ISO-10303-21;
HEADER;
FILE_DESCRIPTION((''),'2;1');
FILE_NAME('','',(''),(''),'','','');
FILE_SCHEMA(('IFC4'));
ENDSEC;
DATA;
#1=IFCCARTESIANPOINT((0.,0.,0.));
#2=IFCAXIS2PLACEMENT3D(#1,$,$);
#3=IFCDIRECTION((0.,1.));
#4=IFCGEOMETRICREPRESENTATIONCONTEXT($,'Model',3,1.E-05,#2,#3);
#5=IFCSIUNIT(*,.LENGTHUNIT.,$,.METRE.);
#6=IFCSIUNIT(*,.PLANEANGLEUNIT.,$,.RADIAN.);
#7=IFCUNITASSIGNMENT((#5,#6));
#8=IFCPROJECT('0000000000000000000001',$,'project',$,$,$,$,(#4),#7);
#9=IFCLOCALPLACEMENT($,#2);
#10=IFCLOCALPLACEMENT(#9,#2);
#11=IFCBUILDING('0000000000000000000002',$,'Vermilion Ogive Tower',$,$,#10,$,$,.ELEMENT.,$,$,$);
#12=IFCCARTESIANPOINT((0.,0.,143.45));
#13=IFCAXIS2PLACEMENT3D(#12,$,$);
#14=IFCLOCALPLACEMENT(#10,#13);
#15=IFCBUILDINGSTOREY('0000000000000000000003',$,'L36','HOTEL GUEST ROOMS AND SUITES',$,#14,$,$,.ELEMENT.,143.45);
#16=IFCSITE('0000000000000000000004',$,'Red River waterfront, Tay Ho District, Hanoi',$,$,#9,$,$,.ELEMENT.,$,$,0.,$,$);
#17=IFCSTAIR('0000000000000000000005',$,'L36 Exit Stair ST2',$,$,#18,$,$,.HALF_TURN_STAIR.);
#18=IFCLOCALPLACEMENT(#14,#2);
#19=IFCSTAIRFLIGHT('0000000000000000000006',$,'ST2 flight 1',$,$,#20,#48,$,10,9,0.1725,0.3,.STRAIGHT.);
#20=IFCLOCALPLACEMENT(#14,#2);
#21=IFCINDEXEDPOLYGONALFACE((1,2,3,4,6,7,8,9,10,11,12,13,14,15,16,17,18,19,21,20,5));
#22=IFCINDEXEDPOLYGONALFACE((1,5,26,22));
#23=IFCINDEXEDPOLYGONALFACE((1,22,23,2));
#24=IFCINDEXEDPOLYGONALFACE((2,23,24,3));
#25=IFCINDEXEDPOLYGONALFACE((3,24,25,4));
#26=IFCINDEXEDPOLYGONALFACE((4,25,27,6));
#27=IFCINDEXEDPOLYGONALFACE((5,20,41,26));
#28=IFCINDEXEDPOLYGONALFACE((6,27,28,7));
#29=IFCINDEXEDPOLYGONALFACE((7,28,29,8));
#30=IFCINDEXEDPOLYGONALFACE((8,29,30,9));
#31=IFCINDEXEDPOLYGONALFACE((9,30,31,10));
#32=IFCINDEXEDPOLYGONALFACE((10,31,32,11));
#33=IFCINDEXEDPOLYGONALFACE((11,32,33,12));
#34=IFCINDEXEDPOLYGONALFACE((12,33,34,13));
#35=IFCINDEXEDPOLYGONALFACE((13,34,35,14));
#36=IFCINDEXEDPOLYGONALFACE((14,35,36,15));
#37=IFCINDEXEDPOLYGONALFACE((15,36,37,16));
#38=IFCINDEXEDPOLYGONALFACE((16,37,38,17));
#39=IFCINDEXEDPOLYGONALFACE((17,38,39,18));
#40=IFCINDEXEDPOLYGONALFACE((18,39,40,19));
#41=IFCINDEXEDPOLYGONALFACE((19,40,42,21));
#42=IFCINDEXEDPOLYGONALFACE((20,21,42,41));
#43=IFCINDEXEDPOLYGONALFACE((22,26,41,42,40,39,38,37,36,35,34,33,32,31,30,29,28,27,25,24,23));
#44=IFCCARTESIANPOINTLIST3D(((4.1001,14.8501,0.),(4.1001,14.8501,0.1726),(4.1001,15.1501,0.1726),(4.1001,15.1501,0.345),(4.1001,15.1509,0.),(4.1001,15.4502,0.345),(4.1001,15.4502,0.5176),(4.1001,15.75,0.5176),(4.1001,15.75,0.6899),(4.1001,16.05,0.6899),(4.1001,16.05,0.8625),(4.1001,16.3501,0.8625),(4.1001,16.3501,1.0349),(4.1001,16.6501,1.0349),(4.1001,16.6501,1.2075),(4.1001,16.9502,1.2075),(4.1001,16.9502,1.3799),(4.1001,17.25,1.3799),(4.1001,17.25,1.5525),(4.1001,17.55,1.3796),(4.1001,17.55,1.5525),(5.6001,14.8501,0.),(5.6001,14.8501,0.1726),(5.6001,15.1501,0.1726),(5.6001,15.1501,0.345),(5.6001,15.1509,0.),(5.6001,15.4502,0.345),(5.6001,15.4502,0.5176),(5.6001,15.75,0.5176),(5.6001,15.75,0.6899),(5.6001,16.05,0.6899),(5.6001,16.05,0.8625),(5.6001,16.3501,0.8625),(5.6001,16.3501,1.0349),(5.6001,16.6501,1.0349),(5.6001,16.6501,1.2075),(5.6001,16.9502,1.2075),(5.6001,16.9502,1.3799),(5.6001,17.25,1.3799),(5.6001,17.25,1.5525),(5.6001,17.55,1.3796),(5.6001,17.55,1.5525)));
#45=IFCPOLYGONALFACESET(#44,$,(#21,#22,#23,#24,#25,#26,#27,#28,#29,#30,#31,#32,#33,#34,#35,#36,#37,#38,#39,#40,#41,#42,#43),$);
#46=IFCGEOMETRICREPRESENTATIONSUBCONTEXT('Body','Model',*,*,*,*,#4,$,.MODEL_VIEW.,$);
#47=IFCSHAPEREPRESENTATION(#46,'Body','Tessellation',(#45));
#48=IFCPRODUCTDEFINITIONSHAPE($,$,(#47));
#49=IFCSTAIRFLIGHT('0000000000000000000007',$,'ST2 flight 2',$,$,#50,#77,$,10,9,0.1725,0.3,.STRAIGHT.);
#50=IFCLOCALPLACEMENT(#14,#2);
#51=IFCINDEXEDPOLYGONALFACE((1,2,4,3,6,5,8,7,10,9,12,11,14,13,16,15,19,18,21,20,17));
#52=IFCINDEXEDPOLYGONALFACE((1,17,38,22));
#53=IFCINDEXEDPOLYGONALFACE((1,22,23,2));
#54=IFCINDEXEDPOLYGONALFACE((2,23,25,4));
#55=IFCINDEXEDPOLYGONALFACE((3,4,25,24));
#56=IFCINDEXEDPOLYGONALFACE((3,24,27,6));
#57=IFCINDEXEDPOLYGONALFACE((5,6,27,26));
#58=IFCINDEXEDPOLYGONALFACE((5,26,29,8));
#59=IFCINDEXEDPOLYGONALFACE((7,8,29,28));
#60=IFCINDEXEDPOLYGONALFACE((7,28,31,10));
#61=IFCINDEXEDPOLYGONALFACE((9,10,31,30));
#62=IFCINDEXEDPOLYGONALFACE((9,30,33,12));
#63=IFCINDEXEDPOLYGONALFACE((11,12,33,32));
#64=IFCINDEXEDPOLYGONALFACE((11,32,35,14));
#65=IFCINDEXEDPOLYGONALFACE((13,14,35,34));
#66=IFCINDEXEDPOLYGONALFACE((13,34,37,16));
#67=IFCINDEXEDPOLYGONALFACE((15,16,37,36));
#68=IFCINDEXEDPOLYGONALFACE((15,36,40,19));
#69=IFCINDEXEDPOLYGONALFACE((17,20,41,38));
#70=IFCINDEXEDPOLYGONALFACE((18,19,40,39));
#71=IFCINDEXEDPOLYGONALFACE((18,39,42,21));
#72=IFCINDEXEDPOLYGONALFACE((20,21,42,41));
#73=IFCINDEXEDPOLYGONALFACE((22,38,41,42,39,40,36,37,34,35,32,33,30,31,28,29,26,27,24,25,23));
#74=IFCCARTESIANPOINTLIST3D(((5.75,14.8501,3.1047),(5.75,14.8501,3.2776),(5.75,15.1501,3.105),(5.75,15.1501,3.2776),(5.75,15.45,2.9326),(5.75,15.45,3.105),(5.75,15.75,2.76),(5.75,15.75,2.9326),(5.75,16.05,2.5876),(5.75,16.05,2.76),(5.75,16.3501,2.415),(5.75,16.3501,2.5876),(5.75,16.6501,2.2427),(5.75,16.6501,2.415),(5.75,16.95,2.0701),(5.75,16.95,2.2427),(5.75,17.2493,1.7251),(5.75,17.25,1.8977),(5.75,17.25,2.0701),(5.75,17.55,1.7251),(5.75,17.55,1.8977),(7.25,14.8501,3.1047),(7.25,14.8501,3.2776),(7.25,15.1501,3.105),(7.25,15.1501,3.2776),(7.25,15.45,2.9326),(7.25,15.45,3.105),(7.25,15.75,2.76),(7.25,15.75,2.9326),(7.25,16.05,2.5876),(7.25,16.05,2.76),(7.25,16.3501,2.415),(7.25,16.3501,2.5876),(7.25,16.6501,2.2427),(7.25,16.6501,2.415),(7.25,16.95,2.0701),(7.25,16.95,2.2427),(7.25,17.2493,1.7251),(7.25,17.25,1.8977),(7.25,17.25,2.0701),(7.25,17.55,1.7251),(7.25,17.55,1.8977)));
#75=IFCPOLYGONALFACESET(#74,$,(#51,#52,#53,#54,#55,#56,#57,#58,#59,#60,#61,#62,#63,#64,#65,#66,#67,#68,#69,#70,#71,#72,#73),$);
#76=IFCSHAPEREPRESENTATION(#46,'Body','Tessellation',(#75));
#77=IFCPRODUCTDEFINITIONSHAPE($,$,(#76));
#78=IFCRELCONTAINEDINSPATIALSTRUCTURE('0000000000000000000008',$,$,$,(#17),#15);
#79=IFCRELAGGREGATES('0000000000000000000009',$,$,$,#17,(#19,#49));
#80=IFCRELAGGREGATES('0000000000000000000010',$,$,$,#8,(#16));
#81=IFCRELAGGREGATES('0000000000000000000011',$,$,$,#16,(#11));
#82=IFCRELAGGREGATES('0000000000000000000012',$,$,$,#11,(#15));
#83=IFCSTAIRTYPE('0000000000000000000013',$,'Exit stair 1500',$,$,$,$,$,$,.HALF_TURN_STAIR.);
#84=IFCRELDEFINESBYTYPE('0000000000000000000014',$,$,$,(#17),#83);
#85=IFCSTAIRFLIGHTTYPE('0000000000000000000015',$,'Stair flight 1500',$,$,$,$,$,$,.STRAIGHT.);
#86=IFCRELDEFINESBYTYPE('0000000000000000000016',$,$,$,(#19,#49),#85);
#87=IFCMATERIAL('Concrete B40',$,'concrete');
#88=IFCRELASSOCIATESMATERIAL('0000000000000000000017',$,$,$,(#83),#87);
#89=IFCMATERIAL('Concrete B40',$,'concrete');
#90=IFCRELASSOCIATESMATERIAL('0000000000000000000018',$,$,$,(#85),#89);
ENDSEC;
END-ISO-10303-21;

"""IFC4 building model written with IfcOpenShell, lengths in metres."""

from ifc_helpers import new_model, si_unit, direction, frame, origin, place, context, subcontext, project, spatial, polyline, outline, extrude, material, type_object, element, aggregate, save


model = new_model("IFC4")

# Units and contexts
model_context = context("Model", 3, precision=1e-05, world=origin(), true_north=direction((0.0, 1.0)))
body_context = subcontext(model_context, "Body", "Model", "MODEL_VIEW")
ifc_project = project(units=[si_unit("LENGTHUNIT", "METRE"), si_unit("PLANEANGLEUNIT", "RADIAN")], contexts=[model_context])

# Site, building, storey
site_placement = place(None, origin())
site = spatial("IfcSite", under=ifc_project, at=site_placement, Name="Red River waterfront, Tay Ho District, Hanoi", CompositionType="ELEMENT", RefElevation=0.0)
building_placement = place(site_placement, origin())
building = spatial("IfcBuilding", under=site, at=building_placement, Name="Vermilion Ogive Tower", CompositionType="ELEMENT")
storey_placement = place(building_placement, frame((0.0, 0.0, 143.45)))
storey = spatial("IfcBuildingStorey", under=building, at=storey_placement, Name="L36", Description="HOTEL GUEST ROOMS AND SUITES", CompositionType="ELEMENT", Elevation=143.45)

# Stair, stair flights
ifc_material_1 = material(Name="Concrete B40", Category="concrete")
stair_type = type_object("IfcStairType", Name="Exit stair 1500", PredefinedType="HALF_TURN_STAIR", material=ifc_material_1)
stair_placement = place(storey_placement, origin())
stair = element("IfcStair", 1, at=stair_placement, inside=storey, type_object=stair_type, Name="L36 Exit Stair ST2", PredefinedType="HALF_TURN_STAIR")
ifc_material_2 = material(Name="Concrete B40", Category="concrete")
stair_flight_type = type_object("IfcStairFlightType", Name="Stair flight 1500", PredefinedType="STRAIGHT", material=ifc_material_2)
stair_flight_1_placement = place(storey_placement, frame((4.8501, 14.8501, 0.0), z_axis=(0.0, 0.0, 1.0), x_axis=(0.0, 1.0, 0.0)))
stair_flight_1 = element("IfcStairFlight", 2, at=stair_flight_1_placement, type_object=stair_flight_type, Name="ST2 flight 1", NumberOfRisers=10, NumberOfTreads=9, PredefinedType="STRAIGHT", RiserHeight=0.1725, TreadLength=0.3, context=body_context, shape_type="SweptSolid", body=[
    extrude(outline(polyline([(0.0, 0.0), (0.0, 0.1726), (0.3, 0.1726), (0.3, 0.345), (0.6001, 0.345), (0.6001, 0.5176), (0.8999, 0.5176), (0.8999, 0.6899), (1.2, 0.6899), (1.2, 0.8625), (1.5, 0.8625), (1.5, 1.0349), (1.8, 1.0349), (1.8, 1.2075), (2.1001, 1.2075), (2.1001, 1.3799), (2.3999, 1.3799), (2.3999, 1.5525), (2.7, 1.5525), (2.7, 1.7251), (2.7, 1.3796), (0.3008, 0.0), (0.0, 0.0)])), frame((0.0, 0.75, 0.0), z_axis=(0.0, -1.0, 0.0), x_axis=(1.0, 0.0, 0.0)), (0.0, 0.0, 1.0), 1.5),
])
stair_flight_2_placement = place(storey_placement, frame((6.5, 17.55, 1.7251), z_axis=(0.0, 0.0, 1.0), x_axis=(0.0, -1.0, 0.0)))
stair_flight_2 = element("IfcStairFlight", 3, at=stair_flight_2_placement, type_object=stair_flight_type, Name="ST2 flight 2", NumberOfRisers=10, NumberOfTreads=9, PredefinedType="STRAIGHT", RiserHeight=0.1725, TreadLength=0.3, context=body_context, shape_type="SweptSolid", body=[
    extrude(outline(polyline([(0.0, 0.0), (0.0, 0.1726), (0.3, 0.1726), (0.3, 0.345), (0.6001, 0.345), (0.6001, 0.5176), (0.8999, 0.5176), (0.8999, 0.6899), (1.2, 0.6899), (1.2, 0.8625), (1.5, 0.8625), (1.5, 1.0349), (1.8, 1.0349), (1.8, 1.2075), (2.1001, 1.2075), (2.1001, 1.3799), (2.3999, 1.3799), (2.3999, 1.5525), (2.7, 1.5525), (2.7, 1.7251), (2.7, 1.3796), (0.3008, 0.0), (0.0, 0.0)])), frame((0.0, 0.75, 0.0), z_axis=(0.0, -1.0, 0.0), x_axis=(1.0, 0.0, 0.0)), (0.0, 0.0, 1.0), 1.5),
])
aggregate(stair, [stair_flight_1, stair_flight_2])

save(model, "model.ifc")
